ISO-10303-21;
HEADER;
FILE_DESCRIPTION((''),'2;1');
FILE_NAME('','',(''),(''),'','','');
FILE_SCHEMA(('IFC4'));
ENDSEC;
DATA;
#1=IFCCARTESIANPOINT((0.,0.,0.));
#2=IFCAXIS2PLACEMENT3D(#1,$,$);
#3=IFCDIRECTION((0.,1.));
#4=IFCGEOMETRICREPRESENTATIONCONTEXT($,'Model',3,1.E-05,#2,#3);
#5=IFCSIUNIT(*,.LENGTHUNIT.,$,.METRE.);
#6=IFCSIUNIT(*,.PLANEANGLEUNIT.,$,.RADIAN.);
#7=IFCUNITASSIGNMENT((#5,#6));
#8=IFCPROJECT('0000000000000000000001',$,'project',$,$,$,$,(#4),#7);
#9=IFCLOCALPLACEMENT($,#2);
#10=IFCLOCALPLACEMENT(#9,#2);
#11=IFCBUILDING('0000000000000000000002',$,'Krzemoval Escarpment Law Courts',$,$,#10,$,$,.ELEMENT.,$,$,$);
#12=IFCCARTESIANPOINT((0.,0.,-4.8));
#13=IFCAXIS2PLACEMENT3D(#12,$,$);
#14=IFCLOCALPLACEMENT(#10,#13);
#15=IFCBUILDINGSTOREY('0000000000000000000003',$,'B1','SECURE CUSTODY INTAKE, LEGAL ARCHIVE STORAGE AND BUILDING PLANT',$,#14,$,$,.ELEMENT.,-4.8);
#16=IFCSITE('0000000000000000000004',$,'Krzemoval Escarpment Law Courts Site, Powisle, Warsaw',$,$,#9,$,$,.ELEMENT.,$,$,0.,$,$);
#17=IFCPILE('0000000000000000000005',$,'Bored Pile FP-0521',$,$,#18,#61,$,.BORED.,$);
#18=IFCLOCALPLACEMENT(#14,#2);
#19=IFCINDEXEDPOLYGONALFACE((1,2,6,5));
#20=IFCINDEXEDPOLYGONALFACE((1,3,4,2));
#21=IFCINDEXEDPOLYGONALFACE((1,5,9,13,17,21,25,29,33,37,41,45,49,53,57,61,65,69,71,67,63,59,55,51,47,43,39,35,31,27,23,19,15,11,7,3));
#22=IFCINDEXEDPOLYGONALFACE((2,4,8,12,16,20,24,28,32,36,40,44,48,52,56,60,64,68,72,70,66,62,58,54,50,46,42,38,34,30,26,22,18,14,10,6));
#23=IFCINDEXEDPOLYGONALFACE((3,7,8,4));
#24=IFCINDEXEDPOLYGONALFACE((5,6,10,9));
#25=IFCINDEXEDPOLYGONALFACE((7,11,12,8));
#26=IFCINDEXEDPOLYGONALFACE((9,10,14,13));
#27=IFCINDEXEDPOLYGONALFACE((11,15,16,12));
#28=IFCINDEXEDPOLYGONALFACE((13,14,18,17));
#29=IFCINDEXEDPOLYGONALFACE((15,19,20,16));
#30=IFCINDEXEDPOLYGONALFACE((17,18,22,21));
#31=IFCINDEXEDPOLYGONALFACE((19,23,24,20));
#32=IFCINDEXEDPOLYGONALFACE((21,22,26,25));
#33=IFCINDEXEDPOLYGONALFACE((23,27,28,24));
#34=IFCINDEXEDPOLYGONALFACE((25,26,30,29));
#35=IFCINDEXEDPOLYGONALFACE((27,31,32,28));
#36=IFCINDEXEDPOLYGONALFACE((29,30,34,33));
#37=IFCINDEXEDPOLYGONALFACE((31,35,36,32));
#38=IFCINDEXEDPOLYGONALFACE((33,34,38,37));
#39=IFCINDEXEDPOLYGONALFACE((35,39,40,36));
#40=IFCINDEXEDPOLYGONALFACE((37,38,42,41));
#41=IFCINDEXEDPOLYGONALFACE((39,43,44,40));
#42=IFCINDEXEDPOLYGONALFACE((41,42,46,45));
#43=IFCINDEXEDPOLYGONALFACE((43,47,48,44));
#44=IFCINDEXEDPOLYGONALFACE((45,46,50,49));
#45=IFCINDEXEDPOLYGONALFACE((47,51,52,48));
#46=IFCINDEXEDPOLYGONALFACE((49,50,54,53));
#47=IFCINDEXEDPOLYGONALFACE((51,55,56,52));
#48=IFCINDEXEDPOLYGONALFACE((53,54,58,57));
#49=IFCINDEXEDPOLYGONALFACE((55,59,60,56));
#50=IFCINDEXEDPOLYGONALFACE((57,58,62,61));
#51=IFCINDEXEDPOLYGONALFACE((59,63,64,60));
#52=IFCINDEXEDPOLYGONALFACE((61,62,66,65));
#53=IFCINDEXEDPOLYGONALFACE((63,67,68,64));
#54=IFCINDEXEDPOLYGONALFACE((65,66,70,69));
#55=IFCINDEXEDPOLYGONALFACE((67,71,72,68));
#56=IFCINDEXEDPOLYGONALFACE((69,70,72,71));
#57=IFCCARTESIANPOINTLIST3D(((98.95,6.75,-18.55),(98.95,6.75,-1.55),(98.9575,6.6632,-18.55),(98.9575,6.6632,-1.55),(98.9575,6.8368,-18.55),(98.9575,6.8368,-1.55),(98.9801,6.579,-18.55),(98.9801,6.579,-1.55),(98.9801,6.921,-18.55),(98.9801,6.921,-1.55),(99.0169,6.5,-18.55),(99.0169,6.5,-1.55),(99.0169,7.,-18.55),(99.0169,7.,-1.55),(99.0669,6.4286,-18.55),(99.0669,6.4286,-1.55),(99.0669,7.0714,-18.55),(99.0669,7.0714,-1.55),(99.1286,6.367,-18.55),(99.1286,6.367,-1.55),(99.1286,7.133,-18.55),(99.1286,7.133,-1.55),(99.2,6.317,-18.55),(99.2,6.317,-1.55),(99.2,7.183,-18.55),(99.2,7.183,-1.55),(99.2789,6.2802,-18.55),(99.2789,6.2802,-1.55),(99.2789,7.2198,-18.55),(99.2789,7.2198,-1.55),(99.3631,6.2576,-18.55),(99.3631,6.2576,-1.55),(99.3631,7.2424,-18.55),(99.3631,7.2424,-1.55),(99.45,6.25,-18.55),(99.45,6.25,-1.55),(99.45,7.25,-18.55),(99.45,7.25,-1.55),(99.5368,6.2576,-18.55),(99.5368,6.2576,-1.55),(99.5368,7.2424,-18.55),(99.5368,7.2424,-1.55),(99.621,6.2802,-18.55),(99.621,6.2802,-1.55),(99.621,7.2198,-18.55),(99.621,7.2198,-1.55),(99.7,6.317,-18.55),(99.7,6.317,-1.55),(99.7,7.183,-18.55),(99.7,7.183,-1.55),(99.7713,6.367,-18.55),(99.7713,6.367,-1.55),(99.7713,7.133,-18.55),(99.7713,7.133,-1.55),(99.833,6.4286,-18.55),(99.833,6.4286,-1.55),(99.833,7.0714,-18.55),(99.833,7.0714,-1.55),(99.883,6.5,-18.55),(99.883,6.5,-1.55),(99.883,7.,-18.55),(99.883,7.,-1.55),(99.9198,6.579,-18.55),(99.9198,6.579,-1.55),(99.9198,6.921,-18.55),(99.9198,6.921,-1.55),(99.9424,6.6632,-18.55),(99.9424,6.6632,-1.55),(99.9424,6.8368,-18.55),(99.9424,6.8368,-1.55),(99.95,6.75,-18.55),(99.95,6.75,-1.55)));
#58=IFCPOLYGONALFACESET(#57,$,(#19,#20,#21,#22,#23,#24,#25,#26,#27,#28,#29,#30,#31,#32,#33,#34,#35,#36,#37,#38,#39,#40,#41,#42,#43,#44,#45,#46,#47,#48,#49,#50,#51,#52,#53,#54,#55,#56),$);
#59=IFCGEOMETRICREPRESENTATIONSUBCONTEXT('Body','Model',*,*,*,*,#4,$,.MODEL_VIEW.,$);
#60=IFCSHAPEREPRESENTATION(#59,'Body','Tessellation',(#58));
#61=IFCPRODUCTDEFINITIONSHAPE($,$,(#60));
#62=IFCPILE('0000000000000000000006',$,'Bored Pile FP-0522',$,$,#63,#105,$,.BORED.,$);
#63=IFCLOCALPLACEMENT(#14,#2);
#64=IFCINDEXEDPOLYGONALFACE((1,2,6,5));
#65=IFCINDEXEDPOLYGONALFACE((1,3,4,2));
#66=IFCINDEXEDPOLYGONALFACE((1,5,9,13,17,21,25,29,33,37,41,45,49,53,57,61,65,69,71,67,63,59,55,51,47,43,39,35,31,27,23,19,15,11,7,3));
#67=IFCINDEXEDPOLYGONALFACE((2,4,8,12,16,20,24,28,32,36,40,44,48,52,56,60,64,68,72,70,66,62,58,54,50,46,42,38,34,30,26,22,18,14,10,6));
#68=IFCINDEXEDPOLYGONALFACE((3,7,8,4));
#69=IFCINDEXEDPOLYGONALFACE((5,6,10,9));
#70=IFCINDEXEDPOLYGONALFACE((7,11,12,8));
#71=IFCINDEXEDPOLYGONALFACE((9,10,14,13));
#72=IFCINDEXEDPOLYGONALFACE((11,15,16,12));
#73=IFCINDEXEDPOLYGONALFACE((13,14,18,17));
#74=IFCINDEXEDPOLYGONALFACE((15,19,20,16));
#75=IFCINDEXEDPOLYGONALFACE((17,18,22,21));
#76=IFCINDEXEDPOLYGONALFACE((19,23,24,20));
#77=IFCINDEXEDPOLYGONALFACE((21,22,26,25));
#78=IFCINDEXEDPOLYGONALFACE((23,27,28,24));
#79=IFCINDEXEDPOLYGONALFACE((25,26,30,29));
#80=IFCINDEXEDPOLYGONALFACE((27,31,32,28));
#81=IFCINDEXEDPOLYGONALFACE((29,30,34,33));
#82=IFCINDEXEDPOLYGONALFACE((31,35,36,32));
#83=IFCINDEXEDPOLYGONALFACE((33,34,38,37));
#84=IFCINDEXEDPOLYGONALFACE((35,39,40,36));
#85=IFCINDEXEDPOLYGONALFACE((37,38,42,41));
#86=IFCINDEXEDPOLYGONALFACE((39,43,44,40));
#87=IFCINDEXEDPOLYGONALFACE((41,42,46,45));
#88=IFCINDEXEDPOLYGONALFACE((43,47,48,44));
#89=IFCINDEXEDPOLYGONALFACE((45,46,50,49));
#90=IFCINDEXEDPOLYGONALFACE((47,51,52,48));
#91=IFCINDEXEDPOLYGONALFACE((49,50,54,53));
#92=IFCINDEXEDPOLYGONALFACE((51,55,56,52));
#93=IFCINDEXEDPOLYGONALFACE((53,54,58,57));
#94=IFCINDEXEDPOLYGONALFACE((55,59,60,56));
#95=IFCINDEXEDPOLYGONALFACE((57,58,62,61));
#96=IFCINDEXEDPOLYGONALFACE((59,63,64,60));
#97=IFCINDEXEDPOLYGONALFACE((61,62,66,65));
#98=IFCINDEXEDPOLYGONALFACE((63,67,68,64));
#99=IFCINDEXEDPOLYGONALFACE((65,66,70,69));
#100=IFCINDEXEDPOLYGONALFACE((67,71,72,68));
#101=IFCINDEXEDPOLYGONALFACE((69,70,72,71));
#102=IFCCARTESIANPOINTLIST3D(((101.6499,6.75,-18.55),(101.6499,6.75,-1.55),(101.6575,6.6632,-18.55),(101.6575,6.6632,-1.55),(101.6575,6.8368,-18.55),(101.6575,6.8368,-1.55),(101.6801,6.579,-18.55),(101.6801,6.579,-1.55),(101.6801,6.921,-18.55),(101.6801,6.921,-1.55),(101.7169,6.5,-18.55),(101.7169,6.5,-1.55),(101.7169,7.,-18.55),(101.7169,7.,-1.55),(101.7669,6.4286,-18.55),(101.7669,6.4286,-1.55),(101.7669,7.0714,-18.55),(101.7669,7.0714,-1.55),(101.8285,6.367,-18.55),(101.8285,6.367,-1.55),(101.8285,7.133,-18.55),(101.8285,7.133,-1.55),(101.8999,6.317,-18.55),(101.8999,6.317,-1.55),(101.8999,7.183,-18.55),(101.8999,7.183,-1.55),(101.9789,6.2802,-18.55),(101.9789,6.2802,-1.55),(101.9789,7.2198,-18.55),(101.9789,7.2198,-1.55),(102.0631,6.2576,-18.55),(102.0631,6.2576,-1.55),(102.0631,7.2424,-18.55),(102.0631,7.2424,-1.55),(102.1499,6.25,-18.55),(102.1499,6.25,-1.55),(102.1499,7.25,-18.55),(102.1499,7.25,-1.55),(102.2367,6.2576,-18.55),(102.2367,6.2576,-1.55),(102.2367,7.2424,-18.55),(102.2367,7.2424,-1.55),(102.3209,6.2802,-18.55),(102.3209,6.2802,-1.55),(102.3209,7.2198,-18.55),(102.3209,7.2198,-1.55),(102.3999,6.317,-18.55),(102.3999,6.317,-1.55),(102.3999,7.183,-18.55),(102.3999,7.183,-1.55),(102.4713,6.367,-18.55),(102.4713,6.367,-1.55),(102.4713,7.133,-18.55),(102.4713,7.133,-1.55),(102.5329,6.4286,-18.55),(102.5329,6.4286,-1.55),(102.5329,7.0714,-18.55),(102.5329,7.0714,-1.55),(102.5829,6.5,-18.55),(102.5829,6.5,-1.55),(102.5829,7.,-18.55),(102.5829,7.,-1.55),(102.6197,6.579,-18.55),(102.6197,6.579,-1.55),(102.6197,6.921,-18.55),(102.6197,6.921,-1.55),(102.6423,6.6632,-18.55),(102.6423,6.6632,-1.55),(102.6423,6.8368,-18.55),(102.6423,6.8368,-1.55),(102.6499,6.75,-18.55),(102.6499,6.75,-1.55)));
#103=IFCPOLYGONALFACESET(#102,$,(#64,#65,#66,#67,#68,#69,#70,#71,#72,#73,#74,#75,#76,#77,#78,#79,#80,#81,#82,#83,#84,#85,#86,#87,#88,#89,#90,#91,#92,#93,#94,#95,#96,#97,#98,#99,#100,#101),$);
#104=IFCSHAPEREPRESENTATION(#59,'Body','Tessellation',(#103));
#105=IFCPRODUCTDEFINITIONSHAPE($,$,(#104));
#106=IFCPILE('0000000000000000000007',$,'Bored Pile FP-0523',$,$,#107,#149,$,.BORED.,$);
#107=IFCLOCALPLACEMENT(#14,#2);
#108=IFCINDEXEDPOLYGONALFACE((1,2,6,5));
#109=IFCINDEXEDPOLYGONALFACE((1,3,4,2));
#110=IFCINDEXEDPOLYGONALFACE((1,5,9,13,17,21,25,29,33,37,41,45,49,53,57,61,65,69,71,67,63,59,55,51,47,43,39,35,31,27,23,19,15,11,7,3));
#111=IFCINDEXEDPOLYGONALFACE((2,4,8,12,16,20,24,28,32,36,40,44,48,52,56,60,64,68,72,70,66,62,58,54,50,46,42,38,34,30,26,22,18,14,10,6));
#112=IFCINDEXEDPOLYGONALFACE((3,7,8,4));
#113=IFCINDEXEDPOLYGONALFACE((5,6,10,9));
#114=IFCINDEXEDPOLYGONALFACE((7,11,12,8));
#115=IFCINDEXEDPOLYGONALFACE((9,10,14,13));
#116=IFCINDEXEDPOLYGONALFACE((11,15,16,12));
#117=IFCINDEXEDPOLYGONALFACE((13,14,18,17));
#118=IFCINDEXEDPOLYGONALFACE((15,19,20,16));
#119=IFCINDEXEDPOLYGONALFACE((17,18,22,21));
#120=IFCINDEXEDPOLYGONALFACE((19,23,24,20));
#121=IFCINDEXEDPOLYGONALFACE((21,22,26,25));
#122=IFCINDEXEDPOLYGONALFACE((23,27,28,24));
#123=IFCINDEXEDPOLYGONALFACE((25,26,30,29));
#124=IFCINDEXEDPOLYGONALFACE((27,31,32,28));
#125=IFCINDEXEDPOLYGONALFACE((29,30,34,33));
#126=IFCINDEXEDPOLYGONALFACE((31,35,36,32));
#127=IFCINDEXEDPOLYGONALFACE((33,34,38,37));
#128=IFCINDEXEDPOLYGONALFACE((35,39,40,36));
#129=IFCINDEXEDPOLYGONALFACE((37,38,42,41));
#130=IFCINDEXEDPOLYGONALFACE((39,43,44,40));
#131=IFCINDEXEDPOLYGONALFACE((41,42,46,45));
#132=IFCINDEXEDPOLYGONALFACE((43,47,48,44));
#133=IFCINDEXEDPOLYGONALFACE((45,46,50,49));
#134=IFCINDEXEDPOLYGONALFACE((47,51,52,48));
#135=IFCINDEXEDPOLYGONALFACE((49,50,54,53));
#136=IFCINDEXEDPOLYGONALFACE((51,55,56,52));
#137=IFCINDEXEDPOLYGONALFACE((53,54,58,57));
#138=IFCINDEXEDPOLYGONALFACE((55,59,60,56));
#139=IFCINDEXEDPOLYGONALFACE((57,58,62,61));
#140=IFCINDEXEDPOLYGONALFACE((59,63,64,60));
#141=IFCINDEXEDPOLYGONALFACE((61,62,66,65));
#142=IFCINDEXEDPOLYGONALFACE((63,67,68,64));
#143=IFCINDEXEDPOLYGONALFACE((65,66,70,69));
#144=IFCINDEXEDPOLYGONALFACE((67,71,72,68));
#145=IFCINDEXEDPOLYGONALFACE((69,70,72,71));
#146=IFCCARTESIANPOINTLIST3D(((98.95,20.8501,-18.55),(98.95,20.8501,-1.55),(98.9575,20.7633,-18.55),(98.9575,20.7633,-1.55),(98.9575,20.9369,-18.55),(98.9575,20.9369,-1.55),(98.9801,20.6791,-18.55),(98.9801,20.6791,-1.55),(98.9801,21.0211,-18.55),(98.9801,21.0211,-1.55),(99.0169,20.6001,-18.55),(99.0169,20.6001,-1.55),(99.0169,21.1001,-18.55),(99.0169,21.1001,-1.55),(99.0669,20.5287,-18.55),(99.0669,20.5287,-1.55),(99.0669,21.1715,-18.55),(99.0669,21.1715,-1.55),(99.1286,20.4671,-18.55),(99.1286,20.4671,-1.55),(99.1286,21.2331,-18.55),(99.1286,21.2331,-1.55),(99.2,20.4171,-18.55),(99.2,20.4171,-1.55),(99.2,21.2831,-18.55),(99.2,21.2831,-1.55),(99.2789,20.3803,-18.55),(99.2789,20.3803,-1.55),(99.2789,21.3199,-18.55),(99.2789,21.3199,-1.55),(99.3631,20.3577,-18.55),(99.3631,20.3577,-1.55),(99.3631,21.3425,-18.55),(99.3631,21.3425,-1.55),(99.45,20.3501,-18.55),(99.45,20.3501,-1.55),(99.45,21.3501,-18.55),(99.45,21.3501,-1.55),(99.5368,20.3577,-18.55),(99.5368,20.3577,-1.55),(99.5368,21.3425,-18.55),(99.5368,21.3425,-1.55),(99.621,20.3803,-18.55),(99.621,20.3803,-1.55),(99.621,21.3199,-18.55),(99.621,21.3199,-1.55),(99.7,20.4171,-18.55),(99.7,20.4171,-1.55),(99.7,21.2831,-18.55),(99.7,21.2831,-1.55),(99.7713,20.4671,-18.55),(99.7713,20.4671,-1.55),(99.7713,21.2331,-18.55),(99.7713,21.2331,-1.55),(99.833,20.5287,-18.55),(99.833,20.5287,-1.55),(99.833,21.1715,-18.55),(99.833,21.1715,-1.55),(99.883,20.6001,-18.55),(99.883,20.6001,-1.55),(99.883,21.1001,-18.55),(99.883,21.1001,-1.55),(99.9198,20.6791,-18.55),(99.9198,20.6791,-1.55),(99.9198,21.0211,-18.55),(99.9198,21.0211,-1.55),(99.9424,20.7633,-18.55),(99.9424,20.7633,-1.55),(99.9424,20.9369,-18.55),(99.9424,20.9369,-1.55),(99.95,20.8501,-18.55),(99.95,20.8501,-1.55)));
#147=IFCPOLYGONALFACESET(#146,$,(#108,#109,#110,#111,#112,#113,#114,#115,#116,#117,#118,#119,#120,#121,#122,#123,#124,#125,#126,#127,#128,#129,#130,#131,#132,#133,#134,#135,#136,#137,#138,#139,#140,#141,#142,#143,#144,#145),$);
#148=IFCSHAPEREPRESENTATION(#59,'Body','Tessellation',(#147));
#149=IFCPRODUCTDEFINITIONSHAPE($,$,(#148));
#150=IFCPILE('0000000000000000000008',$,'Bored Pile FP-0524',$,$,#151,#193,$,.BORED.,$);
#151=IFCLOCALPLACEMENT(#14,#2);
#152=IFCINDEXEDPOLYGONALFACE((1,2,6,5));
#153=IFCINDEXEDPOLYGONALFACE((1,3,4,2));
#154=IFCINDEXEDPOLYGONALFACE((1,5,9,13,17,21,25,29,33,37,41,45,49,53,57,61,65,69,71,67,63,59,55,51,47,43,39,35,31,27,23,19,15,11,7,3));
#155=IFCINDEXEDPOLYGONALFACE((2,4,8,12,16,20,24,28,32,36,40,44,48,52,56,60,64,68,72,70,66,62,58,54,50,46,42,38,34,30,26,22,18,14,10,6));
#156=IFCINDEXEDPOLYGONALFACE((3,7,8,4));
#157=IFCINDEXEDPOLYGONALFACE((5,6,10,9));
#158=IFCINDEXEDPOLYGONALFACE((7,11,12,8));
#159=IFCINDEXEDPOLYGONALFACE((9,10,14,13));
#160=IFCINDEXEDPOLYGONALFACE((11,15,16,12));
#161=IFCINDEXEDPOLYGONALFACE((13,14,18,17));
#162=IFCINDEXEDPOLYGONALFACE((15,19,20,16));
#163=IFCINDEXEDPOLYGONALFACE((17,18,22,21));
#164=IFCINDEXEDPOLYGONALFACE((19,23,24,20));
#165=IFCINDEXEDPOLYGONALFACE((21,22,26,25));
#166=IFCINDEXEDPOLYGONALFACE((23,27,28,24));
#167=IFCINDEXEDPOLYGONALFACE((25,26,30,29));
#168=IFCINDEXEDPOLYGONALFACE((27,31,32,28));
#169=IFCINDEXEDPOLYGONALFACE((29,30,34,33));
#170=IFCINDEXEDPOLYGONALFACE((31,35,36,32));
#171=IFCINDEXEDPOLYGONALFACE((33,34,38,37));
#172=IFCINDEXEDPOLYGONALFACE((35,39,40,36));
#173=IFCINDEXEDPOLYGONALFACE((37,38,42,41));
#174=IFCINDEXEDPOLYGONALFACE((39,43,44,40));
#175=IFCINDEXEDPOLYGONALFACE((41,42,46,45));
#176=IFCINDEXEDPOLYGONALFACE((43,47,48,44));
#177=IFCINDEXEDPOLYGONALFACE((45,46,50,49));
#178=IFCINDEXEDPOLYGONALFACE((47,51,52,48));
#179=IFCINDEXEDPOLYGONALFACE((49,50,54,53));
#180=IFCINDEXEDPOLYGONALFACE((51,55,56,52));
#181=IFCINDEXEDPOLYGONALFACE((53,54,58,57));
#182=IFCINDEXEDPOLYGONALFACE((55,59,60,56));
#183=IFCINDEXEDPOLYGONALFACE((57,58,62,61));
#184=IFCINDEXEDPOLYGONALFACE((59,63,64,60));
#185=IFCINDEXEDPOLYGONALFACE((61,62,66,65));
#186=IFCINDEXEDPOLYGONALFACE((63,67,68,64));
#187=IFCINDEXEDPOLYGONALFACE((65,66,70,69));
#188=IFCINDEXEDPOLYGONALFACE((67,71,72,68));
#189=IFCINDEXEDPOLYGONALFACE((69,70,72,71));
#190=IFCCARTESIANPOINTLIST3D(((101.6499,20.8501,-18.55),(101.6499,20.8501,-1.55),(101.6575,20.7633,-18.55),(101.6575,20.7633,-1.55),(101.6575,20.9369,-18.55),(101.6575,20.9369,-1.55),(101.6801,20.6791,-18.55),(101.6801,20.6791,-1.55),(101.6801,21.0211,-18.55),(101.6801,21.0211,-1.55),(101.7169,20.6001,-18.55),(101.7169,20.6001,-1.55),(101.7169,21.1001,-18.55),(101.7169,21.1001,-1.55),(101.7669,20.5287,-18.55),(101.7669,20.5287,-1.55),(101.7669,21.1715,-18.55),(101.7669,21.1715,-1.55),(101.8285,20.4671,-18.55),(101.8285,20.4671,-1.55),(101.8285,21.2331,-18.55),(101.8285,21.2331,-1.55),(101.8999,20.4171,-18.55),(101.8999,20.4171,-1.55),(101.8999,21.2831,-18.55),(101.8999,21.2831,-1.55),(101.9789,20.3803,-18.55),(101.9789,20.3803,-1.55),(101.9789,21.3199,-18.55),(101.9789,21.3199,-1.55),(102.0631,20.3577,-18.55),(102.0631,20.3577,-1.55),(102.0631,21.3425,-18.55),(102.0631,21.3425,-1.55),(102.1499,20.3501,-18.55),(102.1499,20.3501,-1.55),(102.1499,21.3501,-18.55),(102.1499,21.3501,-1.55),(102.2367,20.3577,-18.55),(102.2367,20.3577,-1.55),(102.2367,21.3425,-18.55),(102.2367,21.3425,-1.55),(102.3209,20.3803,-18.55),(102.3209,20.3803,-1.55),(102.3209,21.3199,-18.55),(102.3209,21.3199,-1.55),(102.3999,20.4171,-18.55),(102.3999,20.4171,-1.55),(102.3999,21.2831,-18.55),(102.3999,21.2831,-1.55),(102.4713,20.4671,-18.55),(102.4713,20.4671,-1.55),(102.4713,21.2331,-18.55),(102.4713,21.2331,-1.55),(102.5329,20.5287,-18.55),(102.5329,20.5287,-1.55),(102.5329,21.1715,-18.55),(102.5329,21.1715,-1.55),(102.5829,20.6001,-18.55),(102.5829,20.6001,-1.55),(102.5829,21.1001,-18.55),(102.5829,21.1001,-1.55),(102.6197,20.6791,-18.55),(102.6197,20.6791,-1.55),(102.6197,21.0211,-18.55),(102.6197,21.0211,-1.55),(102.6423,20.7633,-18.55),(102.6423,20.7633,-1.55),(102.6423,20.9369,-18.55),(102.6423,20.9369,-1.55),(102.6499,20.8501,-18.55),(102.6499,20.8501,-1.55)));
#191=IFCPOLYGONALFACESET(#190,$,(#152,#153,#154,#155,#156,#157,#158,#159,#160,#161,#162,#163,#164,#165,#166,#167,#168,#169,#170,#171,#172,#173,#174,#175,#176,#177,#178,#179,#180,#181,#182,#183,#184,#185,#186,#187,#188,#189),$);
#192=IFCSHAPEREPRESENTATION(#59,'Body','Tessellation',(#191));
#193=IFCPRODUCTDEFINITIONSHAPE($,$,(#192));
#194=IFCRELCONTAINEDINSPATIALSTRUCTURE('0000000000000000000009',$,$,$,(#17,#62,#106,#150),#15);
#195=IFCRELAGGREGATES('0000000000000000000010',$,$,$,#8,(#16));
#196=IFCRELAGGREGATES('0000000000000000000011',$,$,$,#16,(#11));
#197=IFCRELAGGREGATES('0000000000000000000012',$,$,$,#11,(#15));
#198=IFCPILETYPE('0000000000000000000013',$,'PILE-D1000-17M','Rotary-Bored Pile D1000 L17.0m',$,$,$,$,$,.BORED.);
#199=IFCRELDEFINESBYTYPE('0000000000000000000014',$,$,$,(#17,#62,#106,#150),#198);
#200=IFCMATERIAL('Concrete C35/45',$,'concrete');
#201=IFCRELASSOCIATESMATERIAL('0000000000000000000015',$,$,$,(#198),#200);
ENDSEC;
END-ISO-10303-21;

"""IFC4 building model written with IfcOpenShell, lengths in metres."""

from ifc_helpers import new_model, si_unit, direction, frame, origin, origin_2d, place, context, subcontext, project, spatial, circle, extrude, material, material_profile, profile_set, type_object, element, save


model = new_model("IFC4")

# Units and contexts
model_context = context("Model", 3, precision=1e-05, world=origin(), true_north=direction((0.0, 1.0)))
body_context = subcontext(model_context, "Body", "Model", "MODEL_VIEW")
ifc_project = project(units=[si_unit("LENGTHUNIT", "METRE"), si_unit("PLANEANGLEUNIT", "RADIAN")], contexts=[model_context])

# Site, building, storey
site_placement = place(None, origin())
site = spatial("IfcSite", under=ifc_project, at=site_placement, Name="Krzemoval Escarpment Law Courts Site, Powisle, Warsaw", CompositionType="ELEMENT", RefElevation=0.0)
building_placement = place(site_placement, origin())
building = spatial("IfcBuilding", under=site, at=building_placement, Name="Krzemoval Escarpment Law Courts", CompositionType="ELEMENT")
storey_placement = place(building_placement, frame((0.0, 0.0, -4.8)))
storey = spatial("IfcBuildingStorey", under=building, at=storey_placement, Name="B1", Description="SECURE CUSTODY INTAKE, LEGAL ARCHIVE STORAGE AND BUILDING PLANT", CompositionType="ELEMENT", Elevation=-4.8)

# Piles
ifc_material_1 = material(Name="Concrete C35/45", Category="concrete")
ifc_material_profile_1 = material_profile(ifc_material_1, circle(Radius=0.5, at=origin_2d()), Name="PILE D1000")
ifc_profile_set_1 = profile_set([ifc_material_profile_1], Name="Concrete C35/45")
pile_type = type_object("IfcPileType", Name="PILE-D1000-17M", Description="Rotary-Bored Pile D1000 L17.0m", PredefinedType="BORED", material=ifc_profile_set_1)
for number, where, z_axis, x_axis, name in (
    (1, (99.45, 6.75, -1.55), (0.0, 0.0, -1.0), (1.0, 0.0, 0.0), "Bored Pile FP-0521"),
    (2, (102.1499, 6.75, -1.55), (0.0, 0.0, -1.0), (1.0, 0.0, 0.0), "Bored Pile FP-0522"),
    (3, (99.45, 20.8501, -1.55), (0.0, 0.0, -1.0), (1.0, 0.0, 0.0), "Bored Pile FP-0523"),
    (4, (102.1499, 20.8501, -1.55), (0.0, 0.0, -1.0), (1.0, 0.0, 0.0), "Bored Pile FP-0524"),
):
    element("IfcPile", number, at=place(storey_placement, frame(where, z_axis=z_axis, x_axis=x_axis)), inside=storey, type_object=pile_type, Name=name, PredefinedType="BORED", context=body_context, shape_type="SweptSolid", body=[
        extrude(circle(Radius=0.5, at=origin_2d()), origin(), (0.0, 0.0, 1.0), 17.0),
    ])

save(model, "model.ifc")
